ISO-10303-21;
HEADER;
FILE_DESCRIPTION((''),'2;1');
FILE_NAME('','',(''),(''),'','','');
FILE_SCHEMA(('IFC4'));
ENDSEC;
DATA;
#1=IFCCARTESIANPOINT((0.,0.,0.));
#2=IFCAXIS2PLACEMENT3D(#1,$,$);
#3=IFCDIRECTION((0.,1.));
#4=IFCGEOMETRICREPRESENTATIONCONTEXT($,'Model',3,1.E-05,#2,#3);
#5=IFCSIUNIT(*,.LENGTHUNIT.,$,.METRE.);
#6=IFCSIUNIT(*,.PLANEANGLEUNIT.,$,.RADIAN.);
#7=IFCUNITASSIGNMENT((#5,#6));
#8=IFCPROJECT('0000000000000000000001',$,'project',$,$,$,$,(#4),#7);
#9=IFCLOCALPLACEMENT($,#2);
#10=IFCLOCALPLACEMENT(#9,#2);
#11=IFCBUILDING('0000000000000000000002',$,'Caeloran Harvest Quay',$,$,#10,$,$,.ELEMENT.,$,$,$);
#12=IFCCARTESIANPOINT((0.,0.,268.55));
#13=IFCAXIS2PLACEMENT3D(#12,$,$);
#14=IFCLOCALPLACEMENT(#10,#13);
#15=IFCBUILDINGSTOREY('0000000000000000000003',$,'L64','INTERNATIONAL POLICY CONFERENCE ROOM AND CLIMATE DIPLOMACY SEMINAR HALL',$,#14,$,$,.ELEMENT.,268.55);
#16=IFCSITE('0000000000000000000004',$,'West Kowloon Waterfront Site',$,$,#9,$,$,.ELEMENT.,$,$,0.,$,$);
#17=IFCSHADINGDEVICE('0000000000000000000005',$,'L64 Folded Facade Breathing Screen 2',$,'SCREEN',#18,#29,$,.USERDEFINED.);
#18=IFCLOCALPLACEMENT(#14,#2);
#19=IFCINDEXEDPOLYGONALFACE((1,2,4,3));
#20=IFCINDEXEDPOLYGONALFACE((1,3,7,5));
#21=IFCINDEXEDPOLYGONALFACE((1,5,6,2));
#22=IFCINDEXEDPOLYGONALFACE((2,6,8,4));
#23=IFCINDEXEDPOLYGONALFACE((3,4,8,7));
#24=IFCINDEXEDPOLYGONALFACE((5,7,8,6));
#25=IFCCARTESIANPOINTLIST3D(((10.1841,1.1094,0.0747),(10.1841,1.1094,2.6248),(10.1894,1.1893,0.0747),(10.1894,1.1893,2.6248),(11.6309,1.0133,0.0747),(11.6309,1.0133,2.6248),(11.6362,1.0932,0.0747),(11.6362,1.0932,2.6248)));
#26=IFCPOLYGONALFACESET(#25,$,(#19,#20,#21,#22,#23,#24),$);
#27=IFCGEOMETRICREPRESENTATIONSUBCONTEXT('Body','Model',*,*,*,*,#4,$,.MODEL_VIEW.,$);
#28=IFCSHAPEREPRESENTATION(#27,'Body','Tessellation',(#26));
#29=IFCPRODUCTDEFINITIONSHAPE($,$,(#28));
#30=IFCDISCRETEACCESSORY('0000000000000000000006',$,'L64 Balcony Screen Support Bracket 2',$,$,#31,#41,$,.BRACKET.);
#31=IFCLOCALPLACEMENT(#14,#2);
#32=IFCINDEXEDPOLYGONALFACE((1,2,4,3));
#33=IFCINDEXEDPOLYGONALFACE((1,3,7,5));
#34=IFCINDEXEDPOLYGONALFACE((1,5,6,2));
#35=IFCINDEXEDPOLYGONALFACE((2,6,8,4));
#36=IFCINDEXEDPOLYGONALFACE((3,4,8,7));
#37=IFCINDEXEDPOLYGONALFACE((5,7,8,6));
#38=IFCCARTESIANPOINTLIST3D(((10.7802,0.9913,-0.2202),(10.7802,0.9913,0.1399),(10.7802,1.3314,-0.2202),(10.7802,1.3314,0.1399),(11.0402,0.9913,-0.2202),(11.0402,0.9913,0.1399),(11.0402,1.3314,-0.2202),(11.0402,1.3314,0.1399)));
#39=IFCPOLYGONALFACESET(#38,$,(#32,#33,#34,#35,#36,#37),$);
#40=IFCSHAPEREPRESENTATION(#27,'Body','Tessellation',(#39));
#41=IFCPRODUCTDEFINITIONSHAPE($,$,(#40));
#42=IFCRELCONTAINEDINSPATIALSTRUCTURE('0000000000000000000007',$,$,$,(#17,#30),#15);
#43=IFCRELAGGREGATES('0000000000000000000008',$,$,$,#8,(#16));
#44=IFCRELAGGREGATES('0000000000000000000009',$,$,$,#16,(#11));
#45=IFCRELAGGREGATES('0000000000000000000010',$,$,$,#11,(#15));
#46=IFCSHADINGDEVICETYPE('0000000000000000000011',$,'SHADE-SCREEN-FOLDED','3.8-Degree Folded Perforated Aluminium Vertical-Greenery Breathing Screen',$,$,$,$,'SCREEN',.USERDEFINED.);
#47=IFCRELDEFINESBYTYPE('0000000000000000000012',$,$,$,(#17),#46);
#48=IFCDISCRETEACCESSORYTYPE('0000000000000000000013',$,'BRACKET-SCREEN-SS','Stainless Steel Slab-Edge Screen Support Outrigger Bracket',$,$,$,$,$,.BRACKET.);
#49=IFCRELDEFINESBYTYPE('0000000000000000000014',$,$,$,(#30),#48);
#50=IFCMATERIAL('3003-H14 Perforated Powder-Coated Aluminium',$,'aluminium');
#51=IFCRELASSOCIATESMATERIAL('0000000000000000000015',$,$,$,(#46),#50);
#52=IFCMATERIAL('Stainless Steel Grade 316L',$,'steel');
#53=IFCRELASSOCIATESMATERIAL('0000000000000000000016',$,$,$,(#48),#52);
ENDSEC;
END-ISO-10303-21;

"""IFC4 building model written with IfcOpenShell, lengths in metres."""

from ifc_helpers import new_model, si_unit, direction, frame, origin, origin_2d, place, context, subcontext, project, spatial, rectangle, extrude, material, type_object, element, save


model = new_model("IFC4")

# Units and contexts
model_context = context("Model", 3, precision=1e-05, world=origin(), true_north=direction((0.0, 1.0)))
body_context = subcontext(model_context, "Body", "Model", "MODEL_VIEW")
ifc_project = project(units=[si_unit("LENGTHUNIT", "METRE"), si_unit("PLANEANGLEUNIT", "RADIAN")], contexts=[model_context])

# Site, building, storey
site_placement = place(None, origin())
site = spatial("IfcSite", under=ifc_project, at=site_placement, Name="West Kowloon Waterfront Site", CompositionType="ELEMENT", RefElevation=0.0)
building_placement = place(site_placement, origin())
building = spatial("IfcBuilding", under=site, at=building_placement, Name="Caeloran Harvest Quay", CompositionType="ELEMENT")
storey_placement = place(building_placement, frame((0.0, 0.0, 268.55)))
storey = spatial("IfcBuildingStorey", under=building, at=storey_placement, Name="L64", Description="INTERNATIONAL POLICY CONFERENCE ROOM AND CLIMATE DIPLOMACY SEMINAR HALL", CompositionType="ELEMENT", Elevation=268.55)

# Shading device
ifc_material_1 = material(Name="3003-H14 Perforated Powder-Coated Aluminium", Category="aluminium")
shading_device_type = type_object("IfcShadingDeviceType", Name="SHADE-SCREEN-FOLDED", Description="3.8-Degree Folded Perforated Aluminium Vertical-Greenery Breathing Screen", ElementType="SCREEN", PredefinedType="USERDEFINED", material=ifc_material_1)
shading_device_placement = place(storey_placement, frame((10.9102, 1.1013, 0.0747), z_axis=(0.0, 0.0, 1.0), x_axis=(0.997801, -0.066274, 0.0)))
element("IfcShadingDevice", 1, at=shading_device_placement, inside=storey, type_object=shading_device_type, Name="L64 Folded Facade Breathing Screen 2", ObjectType="SCREEN", PredefinedType="USERDEFINED", context=body_context, shape_type="SweptSolid", body=[
    extrude(rectangle(XDim=1.45, YDim=0.0801, at=origin_2d()), origin(), (0.0, 0.0, 1.0), 2.55),
])

# Discrete accessory
ifc_material_2 = material(Name="Stainless Steel Grade 316L", Category="steel")
discrete_accessory_type = type_object("IfcDiscreteAccessoryType", Name="BRACKET-SCREEN-SS", Description="Stainless Steel Slab-Edge Screen Support Outrigger Bracket", PredefinedType="BRACKET", material=ifc_material_2)
discrete_accessory_placement = place(storey_placement, frame((10.9102, 1.1614, -0.2202), z_axis=(0.0, 0.0, 1.0), x_axis=(1.0, 0.0, 0.0)))
element("IfcDiscreteAccessory", 2, at=discrete_accessory_placement, inside=storey, type_object=discrete_accessory_type, Name="L64 Balcony Screen Support Bracket 2", PredefinedType="BRACKET", context=body_context, shape_type="SweptSolid", body=[
    extrude(rectangle(XDim=0.26, YDim=0.3401, at=origin_2d()), origin(), (0.0, 0.0, 1.0), 0.3601),
])

save(model, "model.ifc")
